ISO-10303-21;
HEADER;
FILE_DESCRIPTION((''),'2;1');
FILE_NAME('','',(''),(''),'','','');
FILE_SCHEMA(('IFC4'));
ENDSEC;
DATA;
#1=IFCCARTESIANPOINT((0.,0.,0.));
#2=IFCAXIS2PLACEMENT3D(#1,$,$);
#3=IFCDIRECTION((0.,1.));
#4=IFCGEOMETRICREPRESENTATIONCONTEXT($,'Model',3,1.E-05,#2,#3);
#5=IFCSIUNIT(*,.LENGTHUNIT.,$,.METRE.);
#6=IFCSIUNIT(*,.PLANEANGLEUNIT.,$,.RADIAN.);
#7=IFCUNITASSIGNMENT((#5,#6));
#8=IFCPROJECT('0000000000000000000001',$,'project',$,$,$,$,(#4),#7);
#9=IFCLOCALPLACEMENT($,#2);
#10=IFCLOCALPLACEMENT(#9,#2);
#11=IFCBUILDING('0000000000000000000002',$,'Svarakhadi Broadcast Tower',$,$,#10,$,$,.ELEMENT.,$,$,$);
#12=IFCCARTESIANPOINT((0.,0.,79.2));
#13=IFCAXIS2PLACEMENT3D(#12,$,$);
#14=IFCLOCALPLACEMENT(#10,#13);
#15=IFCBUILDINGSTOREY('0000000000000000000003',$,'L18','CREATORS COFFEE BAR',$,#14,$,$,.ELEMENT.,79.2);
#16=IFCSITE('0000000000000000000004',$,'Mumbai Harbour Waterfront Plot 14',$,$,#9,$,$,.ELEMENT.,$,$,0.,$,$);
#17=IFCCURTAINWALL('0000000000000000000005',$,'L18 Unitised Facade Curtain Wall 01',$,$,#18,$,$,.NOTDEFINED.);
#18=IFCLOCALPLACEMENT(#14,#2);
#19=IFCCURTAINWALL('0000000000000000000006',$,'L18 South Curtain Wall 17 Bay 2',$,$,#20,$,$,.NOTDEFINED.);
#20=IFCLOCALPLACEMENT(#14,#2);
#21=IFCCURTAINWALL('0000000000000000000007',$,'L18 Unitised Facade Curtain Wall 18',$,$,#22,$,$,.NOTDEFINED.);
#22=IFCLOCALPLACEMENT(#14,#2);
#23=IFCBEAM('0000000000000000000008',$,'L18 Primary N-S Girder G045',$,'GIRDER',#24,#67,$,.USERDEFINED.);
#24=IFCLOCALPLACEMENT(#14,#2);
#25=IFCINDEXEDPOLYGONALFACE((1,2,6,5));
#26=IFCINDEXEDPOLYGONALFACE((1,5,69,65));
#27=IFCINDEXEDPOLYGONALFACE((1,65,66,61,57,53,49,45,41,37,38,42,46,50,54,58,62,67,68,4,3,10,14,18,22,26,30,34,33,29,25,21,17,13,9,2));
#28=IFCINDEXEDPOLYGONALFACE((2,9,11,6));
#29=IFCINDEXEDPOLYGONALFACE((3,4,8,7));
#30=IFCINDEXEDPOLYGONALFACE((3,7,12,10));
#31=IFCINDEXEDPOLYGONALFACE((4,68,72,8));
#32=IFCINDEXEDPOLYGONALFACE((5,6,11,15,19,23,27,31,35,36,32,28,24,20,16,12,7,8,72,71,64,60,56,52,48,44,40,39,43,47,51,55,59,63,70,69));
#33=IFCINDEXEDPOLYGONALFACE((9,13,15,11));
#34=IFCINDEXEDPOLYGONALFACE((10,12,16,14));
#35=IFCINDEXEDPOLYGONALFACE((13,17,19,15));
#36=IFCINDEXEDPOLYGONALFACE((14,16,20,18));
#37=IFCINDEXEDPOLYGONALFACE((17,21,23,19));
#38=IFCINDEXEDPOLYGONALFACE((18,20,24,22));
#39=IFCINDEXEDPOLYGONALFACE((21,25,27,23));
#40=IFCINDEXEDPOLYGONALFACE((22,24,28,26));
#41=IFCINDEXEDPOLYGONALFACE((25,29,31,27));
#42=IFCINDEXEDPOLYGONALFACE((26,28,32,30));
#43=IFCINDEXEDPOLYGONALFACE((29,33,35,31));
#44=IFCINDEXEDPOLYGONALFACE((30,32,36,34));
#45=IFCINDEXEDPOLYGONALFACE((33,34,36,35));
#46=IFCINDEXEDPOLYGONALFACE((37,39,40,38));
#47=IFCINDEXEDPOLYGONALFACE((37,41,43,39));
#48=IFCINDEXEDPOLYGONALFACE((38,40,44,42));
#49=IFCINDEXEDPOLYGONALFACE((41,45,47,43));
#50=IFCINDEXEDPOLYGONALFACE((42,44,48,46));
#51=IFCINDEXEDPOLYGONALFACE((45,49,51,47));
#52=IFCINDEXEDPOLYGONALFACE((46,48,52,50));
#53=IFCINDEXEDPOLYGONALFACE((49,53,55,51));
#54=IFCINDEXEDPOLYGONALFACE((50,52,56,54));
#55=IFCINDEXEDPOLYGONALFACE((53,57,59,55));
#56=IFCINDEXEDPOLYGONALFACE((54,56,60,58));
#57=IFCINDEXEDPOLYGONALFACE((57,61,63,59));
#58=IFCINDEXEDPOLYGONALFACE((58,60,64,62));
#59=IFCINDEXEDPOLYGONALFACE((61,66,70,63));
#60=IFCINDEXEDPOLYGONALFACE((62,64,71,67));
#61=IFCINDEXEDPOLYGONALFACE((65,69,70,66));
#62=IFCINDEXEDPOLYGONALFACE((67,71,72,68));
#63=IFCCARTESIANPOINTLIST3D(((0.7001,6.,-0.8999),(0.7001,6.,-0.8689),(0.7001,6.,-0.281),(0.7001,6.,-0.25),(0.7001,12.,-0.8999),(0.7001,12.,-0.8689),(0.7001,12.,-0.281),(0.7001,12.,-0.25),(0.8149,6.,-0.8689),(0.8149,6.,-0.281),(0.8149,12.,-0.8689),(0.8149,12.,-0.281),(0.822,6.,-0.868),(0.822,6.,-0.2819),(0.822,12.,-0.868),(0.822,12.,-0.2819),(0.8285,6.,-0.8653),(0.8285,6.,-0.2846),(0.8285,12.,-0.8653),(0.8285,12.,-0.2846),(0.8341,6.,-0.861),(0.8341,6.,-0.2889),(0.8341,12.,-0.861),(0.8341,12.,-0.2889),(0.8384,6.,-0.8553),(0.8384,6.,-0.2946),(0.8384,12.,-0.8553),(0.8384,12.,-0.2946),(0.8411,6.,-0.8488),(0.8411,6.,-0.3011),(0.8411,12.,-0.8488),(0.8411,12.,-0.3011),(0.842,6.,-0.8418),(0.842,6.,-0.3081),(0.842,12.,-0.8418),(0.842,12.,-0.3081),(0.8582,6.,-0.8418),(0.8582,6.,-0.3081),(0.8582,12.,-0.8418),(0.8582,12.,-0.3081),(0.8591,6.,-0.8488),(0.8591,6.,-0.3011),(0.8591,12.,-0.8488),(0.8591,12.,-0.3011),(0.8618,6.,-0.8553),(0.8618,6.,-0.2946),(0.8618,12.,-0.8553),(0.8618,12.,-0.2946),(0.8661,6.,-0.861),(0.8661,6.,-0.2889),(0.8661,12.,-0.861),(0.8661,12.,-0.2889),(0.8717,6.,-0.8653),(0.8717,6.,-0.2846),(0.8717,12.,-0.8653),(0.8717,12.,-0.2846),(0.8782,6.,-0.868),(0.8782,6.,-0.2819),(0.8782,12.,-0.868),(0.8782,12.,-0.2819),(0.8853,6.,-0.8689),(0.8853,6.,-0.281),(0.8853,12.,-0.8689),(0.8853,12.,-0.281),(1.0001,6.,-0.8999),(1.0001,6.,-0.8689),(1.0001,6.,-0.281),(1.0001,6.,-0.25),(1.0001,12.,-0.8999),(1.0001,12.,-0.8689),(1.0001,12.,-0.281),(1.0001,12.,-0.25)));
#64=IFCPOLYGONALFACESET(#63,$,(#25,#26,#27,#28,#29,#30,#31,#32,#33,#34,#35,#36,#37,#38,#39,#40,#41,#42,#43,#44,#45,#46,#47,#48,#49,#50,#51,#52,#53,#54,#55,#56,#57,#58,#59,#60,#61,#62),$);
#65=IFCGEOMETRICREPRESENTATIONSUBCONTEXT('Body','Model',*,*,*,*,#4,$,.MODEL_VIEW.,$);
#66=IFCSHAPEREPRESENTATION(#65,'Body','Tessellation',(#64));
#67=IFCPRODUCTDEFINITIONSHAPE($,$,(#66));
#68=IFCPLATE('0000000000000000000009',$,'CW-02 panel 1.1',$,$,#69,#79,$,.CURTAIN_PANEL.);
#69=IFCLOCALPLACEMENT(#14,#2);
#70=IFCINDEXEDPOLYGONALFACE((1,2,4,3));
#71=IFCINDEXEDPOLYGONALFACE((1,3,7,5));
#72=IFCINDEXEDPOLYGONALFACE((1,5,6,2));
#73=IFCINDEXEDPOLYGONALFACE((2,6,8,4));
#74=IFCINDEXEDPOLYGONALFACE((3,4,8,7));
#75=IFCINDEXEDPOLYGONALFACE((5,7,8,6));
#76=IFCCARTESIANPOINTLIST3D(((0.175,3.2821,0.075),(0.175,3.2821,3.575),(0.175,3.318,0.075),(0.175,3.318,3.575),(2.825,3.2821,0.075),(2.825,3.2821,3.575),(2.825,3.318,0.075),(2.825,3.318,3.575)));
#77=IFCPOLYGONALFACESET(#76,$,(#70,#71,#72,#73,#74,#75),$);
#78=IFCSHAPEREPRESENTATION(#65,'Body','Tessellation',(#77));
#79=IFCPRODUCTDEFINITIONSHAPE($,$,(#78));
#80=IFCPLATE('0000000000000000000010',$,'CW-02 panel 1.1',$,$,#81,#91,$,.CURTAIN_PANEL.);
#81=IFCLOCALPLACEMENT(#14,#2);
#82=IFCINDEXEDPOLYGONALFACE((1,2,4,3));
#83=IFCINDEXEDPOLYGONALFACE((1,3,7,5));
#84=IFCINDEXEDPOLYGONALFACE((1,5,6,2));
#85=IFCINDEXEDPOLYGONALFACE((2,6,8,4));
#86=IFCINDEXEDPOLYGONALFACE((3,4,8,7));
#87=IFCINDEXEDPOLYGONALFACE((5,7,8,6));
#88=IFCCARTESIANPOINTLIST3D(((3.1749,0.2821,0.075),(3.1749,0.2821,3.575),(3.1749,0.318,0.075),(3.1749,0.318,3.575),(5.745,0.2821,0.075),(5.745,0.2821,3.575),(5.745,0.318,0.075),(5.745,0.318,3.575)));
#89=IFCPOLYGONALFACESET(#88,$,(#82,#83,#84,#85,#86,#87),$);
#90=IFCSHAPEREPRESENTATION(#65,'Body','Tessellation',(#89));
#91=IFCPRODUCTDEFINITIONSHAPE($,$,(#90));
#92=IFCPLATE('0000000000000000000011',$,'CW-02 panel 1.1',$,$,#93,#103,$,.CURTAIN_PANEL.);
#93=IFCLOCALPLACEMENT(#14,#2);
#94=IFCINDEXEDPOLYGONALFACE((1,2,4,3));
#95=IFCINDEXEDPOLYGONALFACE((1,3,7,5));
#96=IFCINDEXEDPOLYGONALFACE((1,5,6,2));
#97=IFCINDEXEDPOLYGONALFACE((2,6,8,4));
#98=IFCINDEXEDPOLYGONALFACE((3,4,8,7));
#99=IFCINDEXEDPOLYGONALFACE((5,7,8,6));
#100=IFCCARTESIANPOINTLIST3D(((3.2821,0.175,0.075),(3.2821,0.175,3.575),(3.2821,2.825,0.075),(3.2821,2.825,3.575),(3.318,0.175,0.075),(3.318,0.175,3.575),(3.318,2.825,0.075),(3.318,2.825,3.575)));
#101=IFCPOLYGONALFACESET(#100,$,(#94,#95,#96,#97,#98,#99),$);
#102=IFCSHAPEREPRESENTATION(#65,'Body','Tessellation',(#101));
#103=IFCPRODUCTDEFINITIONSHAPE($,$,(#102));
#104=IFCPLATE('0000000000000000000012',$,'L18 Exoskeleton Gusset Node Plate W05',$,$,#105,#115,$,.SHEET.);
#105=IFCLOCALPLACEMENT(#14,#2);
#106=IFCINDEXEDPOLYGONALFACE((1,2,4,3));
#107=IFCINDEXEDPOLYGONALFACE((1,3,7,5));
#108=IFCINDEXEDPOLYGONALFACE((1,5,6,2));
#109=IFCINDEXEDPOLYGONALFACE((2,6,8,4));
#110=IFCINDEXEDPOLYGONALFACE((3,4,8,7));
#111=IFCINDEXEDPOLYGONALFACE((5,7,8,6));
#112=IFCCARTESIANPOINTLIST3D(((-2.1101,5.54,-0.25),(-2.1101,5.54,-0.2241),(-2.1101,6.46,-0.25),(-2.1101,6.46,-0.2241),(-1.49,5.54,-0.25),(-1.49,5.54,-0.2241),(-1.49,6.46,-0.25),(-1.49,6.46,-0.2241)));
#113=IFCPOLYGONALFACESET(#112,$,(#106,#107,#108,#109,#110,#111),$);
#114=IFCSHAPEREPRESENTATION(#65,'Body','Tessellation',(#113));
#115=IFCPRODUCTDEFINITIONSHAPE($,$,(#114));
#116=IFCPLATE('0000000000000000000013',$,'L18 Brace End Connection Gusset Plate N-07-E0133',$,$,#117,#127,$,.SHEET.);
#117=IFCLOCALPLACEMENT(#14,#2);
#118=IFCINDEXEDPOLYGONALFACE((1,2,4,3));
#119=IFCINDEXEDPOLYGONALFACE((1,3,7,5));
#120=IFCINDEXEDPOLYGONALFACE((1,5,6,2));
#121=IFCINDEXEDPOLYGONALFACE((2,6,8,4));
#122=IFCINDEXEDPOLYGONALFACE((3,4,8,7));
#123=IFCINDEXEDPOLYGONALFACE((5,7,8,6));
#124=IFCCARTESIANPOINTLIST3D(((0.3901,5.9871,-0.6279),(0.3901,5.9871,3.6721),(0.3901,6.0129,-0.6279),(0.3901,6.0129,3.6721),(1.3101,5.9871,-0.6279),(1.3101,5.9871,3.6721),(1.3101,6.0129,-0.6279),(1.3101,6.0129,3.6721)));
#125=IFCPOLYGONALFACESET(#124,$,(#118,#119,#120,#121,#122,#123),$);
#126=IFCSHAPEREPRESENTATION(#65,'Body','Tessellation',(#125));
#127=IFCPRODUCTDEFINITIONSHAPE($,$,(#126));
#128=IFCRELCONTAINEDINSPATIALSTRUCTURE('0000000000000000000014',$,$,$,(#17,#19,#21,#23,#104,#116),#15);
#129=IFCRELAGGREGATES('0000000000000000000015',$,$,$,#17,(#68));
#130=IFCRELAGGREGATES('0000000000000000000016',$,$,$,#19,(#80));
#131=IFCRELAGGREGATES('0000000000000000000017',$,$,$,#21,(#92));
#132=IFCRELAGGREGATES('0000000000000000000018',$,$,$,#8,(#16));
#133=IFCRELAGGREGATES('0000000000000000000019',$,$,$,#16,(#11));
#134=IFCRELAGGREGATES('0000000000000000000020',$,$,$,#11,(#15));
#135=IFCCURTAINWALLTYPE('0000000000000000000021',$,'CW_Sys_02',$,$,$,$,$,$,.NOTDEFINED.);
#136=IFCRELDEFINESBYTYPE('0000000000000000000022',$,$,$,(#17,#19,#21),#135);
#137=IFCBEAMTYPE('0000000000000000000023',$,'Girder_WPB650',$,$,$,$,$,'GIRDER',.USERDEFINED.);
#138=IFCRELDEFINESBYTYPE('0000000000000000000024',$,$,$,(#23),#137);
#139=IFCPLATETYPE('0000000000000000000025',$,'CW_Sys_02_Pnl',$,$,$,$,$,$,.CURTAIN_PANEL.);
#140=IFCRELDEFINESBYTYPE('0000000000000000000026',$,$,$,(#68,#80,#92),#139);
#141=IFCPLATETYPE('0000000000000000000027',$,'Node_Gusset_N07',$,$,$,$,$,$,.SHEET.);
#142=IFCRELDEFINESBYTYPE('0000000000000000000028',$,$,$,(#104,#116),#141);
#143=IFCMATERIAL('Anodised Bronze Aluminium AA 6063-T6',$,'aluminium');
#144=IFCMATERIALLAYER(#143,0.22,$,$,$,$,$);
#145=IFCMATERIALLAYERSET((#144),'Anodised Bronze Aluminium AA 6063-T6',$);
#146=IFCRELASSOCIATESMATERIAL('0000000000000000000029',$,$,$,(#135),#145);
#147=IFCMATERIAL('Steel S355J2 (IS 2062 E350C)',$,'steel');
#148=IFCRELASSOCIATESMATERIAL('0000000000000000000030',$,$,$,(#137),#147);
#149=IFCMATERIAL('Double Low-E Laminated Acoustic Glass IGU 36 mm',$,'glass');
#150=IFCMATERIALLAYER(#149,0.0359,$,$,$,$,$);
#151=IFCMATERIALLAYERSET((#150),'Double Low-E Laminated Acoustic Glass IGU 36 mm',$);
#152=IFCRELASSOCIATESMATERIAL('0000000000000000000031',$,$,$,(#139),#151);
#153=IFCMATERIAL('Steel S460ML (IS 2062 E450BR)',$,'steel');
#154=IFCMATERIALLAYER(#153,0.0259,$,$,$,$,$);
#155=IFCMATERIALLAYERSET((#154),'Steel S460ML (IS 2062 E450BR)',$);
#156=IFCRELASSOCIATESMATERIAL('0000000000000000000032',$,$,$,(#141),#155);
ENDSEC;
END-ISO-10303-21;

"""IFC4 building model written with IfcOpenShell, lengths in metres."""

from ifc_helpers import new_model, si_unit, direction, frame, origin, origin_2d, place, context, subcontext, project, spatial, rectangle, i_section, extrude, material, layer, layer_set, material_profile, profile_set, type_object, element, aggregate, save


model = new_model("IFC4")

# Units and contexts
model_context = context("Model", 3, precision=1e-05, world=origin(), true_north=direction((0.0, 1.0)))
body_context = subcontext(model_context, "Body", "Model", "MODEL_VIEW")
ifc_project = project(units=[si_unit("LENGTHUNIT", "METRE"), si_unit("PLANEANGLEUNIT", "RADIAN")], contexts=[model_context])

# Site, building, storey
site_placement = place(None, origin())
site = spatial("IfcSite", under=ifc_project, at=site_placement, Name="Mumbai Harbour Waterfront Plot 14", CompositionType="ELEMENT", RefElevation=0.0)
building_placement = place(site_placement, origin())
building = spatial("IfcBuilding", under=site, at=building_placement, Name="Svarakhadi Broadcast Tower", CompositionType="ELEMENT")
storey_placement = place(building_placement, frame((0.0, 0.0, 79.2)))
storey = spatial("IfcBuildingStorey", under=building, at=storey_placement, Name="L18", Description="CREATORS COFFEE BAR", CompositionType="ELEMENT", Elevation=79.2)

# Shared definitions
ifc_material_1 = material(Name="Steel S460ML (IS 2062 E450BR)", Category="steel")

# Curtain wall
ifc_material_2 = material(Name="Anodised Bronze Aluminium AA 6063-T6", Category="aluminium")
ifc_layer_1 = layer(ifc_material_2, 0.22)
ifc_layer_set_1 = layer_set([ifc_layer_1], Name="Anodised Bronze Aluminium AA 6063-T6")
curtain_wall_type = type_object("IfcCurtainWallType", Name="CW_Sys_02", PredefinedType="NOTDEFINED", material=ifc_layer_set_1)
curtain_wall_1_placement = place(storey_placement, origin())
curtain_wall_1 = element("IfcCurtainWall", 1, at=curtain_wall_1_placement, inside=storey, type_object=curtain_wall_type, Name="L18 Unitised Facade Curtain Wall 01", PredefinedType="NOTDEFINED")

# Curtain wall
curtain_wall_2_placement = place(storey_placement, origin())
curtain_wall_2 = element("IfcCurtainWall", 2, at=curtain_wall_2_placement, inside=storey, type_object=curtain_wall_type, Name="L18 South Curtain Wall 17 Bay 2", PredefinedType="NOTDEFINED")

# Curtain wall
curtain_wall_3_placement = place(storey_placement, origin())
curtain_wall_3 = element("IfcCurtainWall", 3, at=curtain_wall_3_placement, inside=storey, type_object=curtain_wall_type, Name="L18 Unitised Facade Curtain Wall 18", PredefinedType="NOTDEFINED")

# Beam
ifc_material_3 = material(Name="Steel S355J2 (IS 2062 E350C)", Category="steel")
ifc_material_profile_1 = material_profile(ifc_material_3, i_section(OverallWidth=0.3, OverallDepth=0.6499, WebThickness=0.0161, FlangeThickness=0.031, FilletRadius=0.0271, at=origin_2d()), Name="WPB 650x300x225")
ifc_profile_set_1 = profile_set([ifc_material_profile_1], Name="Steel S355J2 (IS 2062 E350C)")
beam_type = type_object("IfcBeamType", Name="Girder_WPB650", ElementType="GIRDER", PredefinedType="USERDEFINED", material=ifc_profile_set_1)
beam_1_placement = place(storey_placement, frame((0.8501, 6.0, -0.575), z_axis=(0.0, 1.0, 0.0), x_axis=(-1.0, 0.0, 0.0)))
element("IfcBeam", 4, at=beam_1_placement, inside=storey, type_object=beam_type, Name="L18 Primary N-S Girder G045", ObjectType="GIRDER", PredefinedType="USERDEFINED", context=body_context, shape_type="SweptSolid", body=[
    extrude(i_section(OverallWidth=0.3, OverallDepth=0.6499, WebThickness=0.0161, FlangeThickness=0.031, FilletRadius=0.0271, at=origin_2d()), origin(), (0.0, 0.0, 1.0), 6.0),
])

# Plates
ifc_material_4 = material(Name="Double Low-E Laminated Acoustic Glass IGU 36 mm", Category="glass")
ifc_layer_2 = layer(ifc_material_4, 0.0359)
ifc_layer_set_2 = layer_set([ifc_layer_2], Name="Double Low-E Laminated Acoustic Glass IGU 36 mm")
plate_type_1 = type_object("IfcPlateType", Name="CW_Sys_02_Pnl", PredefinedType="CURTAIN_PANEL", material=ifc_layer_set_2)
plate_1_placement = place(storey_placement, frame((1.5, 3.3, 0.075), z_axis=(0.0, 0.0, 1.0), x_axis=(-1.0, 0.0, 0.0)))
plate_1 = element("IfcPlate", 5, at=plate_1_placement, type_object=plate_type_1, Name="CW-02 panel 1.1", PredefinedType="CURTAIN_PANEL", context=body_context, shape_type="SweptSolid", body=[
    extrude(rectangle(XDim=2.6499, YDim=0.0359, at=origin_2d()), origin(), (0.0, 0.0, 1.0), 3.5),
])
aggregate(curtain_wall_1, [plate_1])
plate_2_placement = place(storey_placement, frame((4.46, 0.3, 0.075), z_axis=(0.0, 0.0, 1.0), x_axis=(-1.0, 0.0, 0.0)))
plate_2 = element("IfcPlate", 6, at=plate_2_placement, type_object=plate_type_1, Name="CW-02 panel 1.1", PredefinedType="CURTAIN_PANEL", context=body_context, shape_type="SweptSolid", body=[
    extrude(rectangle(XDim=2.5701, YDim=0.0359, at=origin_2d()), origin(), (0.0, 0.0, 1.0), 3.5),
])
aggregate(curtain_wall_2, [plate_2])
plate_3_placement = place(storey_placement, frame((3.3, 1.5, 0.075), z_axis=(0.0, 0.0, 1.0), x_axis=(0.0, 1.0, 0.0)))
plate_3 = element("IfcPlate", 7, at=plate_3_placement, type_object=plate_type_1, Name="CW-02 panel 1.1", PredefinedType="CURTAIN_PANEL", context=body_context, shape_type="SweptSolid", body=[
    extrude(rectangle(XDim=2.6499, YDim=0.0359, at=origin_2d()), origin(), (0.0, 0.0, 1.0), 3.5),
])
aggregate(curtain_wall_3, [plate_3])

# Plates
ifc_layer_3 = layer(ifc_material_1, 0.0259)
ifc_layer_set_3 = layer_set([ifc_layer_3], Name="Steel S460ML (IS 2062 E450BR)")
plate_type_2 = type_object("IfcPlateType", Name="Node_Gusset_N07", PredefinedType="SHEET", material=ifc_layer_set_3)
plate_4_placement = place(storey_placement, frame((-1.8, 6.0, -0.25), z_axis=(0.0, 0.0, 1.0), x_axis=(0.0, 1.0, 0.0)))
element("IfcPlate", 8, at=plate_4_placement, inside=storey, type_object=plate_type_2, Name="L18 Exoskeleton Gusset Node Plate W05", PredefinedType="SHEET", context=body_context, shape_type="SweptSolid", body=[
    extrude(rectangle(XDim=0.9199, YDim=0.6201, at=origin_2d()), origin(), (0.0, 0.0, 1.0), 0.0259),
])
plate_5_placement = place(storey_placement, frame((0.8501, 6.0, -0.6279), z_axis=(0.0, 0.0, 1.0), x_axis=(1.0, 0.0, 0.0)))
element("IfcPlate", 9, at=plate_5_placement, inside=storey, type_object=plate_type_2, Name="L18 Brace End Connection Gusset Plate N-07-E0133", PredefinedType="SHEET", context=body_context, shape_type="SweptSolid", body=[
    extrude(rectangle(XDim=0.9199, YDim=0.0259, at=origin_2d()), origin(), (0.0, 0.0, 1.0), 4.3),
])

save(model, "model.ifc")
